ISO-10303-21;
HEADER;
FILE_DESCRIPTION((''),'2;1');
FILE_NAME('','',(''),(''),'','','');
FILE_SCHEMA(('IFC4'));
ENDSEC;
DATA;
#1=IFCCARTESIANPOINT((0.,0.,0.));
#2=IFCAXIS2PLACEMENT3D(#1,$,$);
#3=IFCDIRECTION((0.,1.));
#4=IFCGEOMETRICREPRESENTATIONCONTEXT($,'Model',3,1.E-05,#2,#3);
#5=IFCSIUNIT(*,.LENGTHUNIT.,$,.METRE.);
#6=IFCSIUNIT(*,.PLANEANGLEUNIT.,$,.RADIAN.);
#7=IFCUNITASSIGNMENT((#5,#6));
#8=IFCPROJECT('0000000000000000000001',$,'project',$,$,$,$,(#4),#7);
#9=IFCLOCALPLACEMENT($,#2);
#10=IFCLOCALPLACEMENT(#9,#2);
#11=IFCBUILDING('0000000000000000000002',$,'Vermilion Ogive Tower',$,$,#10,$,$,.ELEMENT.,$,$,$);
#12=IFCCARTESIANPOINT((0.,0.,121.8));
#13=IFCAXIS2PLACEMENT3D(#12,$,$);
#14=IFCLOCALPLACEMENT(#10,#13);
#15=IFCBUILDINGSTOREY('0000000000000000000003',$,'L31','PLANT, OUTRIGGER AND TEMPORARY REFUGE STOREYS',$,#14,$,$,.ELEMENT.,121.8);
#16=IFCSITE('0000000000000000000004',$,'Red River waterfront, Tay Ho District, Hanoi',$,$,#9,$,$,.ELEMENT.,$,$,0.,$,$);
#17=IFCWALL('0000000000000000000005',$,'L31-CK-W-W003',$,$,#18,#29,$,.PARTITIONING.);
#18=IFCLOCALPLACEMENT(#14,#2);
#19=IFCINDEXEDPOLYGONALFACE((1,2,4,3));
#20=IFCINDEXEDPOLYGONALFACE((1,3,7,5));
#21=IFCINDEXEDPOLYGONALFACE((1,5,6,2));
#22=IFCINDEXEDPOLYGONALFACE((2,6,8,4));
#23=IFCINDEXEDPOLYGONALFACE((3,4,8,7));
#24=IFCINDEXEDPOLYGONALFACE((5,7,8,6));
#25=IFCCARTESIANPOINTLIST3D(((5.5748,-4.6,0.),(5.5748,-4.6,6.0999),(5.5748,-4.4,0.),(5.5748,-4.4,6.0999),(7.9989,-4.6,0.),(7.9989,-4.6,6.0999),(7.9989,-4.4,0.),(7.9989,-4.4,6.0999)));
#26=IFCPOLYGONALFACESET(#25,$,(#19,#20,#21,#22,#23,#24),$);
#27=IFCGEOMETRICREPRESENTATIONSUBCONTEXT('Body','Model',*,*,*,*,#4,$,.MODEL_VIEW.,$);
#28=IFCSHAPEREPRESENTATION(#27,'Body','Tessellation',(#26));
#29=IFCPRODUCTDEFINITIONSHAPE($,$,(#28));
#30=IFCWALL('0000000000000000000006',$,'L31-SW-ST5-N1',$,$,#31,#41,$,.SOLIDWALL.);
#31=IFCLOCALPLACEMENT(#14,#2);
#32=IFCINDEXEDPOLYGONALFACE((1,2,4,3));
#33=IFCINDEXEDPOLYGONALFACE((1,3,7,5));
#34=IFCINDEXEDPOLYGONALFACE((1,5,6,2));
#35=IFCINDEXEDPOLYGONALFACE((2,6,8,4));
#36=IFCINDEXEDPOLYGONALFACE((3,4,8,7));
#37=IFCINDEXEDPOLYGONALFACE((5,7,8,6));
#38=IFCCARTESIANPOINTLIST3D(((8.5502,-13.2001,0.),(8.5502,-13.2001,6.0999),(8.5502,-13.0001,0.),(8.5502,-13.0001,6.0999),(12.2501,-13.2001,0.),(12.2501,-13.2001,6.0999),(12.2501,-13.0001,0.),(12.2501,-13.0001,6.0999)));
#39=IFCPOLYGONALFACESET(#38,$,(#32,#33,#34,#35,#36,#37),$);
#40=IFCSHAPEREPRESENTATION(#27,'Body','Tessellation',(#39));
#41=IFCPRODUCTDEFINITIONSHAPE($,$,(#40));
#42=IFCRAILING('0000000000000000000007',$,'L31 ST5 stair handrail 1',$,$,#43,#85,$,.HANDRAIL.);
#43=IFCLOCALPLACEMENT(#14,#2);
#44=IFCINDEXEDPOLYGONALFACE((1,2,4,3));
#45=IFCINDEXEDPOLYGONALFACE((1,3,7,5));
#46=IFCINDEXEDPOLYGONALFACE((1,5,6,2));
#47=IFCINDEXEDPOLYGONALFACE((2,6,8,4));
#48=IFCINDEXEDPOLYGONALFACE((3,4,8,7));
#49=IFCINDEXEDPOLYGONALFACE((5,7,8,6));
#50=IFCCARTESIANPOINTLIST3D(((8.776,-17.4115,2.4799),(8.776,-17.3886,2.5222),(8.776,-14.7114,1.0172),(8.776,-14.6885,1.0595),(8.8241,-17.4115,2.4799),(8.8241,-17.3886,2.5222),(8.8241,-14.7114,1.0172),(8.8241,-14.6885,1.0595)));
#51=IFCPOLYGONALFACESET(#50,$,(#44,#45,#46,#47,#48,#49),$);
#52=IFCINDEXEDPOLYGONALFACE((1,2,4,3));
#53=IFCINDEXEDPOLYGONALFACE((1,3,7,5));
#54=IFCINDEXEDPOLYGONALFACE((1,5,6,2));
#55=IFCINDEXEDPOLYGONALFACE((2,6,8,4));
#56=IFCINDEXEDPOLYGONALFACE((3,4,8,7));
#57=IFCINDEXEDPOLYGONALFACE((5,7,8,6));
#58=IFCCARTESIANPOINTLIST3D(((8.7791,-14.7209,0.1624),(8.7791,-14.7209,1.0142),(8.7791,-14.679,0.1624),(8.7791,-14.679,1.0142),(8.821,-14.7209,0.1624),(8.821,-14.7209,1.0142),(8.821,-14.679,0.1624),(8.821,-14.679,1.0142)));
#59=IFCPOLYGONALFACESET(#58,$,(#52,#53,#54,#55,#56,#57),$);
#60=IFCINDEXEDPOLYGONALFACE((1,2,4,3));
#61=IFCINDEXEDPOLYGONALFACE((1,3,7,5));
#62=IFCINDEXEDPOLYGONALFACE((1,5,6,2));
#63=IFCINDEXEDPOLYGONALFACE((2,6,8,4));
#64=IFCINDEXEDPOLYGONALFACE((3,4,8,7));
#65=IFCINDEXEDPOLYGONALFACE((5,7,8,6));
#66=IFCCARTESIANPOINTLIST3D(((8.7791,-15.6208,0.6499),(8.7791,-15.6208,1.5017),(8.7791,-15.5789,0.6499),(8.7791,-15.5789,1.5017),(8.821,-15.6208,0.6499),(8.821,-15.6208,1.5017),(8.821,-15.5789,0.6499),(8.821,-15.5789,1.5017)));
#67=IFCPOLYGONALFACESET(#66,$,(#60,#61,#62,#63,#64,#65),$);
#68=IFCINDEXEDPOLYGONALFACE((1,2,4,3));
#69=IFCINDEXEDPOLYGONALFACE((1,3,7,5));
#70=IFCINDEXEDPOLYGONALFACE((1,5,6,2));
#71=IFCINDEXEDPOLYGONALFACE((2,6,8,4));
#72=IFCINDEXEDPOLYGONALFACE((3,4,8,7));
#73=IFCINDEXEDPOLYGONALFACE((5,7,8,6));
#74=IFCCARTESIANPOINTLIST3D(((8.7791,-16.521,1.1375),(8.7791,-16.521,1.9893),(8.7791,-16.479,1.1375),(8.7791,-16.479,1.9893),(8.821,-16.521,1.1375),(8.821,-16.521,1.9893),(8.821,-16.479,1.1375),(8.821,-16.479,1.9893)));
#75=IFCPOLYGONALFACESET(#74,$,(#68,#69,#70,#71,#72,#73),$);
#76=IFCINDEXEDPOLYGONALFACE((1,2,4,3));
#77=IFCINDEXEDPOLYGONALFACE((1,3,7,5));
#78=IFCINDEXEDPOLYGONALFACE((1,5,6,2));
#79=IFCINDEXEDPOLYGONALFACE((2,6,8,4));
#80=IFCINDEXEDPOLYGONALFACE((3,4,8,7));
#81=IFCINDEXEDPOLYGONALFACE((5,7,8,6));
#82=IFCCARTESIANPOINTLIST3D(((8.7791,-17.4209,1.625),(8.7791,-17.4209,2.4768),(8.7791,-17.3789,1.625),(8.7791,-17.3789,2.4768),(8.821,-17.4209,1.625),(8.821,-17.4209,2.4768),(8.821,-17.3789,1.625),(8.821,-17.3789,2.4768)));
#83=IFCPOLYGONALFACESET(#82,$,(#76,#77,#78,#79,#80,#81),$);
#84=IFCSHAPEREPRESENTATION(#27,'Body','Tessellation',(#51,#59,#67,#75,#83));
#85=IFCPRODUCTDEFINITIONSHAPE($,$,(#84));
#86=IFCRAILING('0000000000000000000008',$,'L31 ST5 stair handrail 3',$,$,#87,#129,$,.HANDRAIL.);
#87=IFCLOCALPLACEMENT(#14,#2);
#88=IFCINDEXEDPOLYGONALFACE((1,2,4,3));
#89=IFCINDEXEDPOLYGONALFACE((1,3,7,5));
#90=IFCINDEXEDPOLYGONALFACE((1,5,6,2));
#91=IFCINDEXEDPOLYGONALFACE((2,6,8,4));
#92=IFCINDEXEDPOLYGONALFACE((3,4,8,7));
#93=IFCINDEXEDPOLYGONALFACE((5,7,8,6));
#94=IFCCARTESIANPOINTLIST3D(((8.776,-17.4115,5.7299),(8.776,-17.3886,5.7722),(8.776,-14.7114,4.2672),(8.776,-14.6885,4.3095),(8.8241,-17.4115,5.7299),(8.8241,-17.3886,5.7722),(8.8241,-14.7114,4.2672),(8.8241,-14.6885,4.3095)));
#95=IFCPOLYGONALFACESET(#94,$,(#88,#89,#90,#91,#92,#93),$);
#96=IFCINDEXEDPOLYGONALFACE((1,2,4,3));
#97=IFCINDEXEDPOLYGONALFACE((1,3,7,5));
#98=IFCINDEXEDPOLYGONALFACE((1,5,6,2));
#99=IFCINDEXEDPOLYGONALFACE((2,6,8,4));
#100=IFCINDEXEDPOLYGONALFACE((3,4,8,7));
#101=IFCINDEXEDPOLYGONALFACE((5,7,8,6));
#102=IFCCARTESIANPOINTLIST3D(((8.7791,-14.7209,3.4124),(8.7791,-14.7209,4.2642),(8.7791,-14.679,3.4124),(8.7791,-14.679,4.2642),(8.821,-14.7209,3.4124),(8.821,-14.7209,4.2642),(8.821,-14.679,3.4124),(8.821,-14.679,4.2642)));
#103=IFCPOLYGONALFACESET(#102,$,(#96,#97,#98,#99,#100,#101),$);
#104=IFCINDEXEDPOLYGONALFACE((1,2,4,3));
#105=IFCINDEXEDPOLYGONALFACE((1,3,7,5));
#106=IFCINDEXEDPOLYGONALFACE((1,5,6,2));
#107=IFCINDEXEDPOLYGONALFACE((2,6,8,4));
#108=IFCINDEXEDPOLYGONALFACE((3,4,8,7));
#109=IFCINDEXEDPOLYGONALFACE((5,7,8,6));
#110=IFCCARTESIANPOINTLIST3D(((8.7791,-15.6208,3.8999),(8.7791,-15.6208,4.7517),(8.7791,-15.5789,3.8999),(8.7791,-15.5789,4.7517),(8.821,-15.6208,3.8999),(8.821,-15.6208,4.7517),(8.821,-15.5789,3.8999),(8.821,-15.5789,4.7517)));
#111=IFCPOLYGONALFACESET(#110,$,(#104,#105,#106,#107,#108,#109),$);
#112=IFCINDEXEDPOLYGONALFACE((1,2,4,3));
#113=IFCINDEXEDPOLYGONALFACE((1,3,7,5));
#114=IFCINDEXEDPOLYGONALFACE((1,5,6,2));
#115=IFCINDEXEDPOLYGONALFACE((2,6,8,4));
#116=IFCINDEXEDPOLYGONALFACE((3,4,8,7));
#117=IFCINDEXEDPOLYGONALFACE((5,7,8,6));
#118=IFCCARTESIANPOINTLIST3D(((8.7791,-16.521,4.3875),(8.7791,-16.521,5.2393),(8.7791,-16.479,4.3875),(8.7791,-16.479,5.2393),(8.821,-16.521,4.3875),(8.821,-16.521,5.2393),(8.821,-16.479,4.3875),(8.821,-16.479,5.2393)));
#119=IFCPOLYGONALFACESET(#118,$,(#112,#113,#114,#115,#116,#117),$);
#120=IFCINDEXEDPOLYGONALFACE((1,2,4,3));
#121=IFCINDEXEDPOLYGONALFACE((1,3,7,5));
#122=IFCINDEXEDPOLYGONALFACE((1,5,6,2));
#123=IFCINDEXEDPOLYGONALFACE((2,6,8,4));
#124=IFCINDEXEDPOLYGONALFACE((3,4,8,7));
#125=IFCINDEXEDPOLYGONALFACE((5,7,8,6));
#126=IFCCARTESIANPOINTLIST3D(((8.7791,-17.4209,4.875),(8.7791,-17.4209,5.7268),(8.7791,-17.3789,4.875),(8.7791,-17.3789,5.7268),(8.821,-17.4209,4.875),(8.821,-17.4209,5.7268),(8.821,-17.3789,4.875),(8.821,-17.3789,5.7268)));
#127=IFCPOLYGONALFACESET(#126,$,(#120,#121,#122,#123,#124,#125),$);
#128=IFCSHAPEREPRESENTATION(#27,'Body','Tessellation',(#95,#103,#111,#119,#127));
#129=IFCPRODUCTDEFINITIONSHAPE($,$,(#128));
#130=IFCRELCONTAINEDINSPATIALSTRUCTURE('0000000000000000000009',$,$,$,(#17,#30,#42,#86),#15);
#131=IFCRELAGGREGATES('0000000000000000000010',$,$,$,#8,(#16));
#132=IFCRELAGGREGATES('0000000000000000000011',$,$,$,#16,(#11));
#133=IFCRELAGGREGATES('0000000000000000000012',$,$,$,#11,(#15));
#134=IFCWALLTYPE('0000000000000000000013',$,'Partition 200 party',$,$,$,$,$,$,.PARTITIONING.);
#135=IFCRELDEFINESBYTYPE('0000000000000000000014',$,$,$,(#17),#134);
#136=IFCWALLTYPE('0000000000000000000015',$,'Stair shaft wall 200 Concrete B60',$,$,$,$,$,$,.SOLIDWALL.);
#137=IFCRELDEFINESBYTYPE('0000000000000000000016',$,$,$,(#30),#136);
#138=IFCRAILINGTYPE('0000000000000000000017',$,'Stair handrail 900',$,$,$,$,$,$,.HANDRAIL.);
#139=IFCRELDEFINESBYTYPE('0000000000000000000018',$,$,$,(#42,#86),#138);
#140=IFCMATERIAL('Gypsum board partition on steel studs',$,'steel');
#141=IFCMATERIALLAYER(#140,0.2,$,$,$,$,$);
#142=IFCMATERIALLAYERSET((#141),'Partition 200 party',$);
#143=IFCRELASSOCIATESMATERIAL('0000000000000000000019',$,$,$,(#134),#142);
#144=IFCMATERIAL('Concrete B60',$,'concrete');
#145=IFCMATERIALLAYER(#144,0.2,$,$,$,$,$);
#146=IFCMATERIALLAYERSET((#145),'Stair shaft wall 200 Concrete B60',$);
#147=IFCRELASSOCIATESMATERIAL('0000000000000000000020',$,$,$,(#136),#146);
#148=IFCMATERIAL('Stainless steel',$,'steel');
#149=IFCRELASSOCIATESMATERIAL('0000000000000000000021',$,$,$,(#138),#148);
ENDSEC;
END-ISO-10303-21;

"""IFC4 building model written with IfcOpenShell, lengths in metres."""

from ifc_helpers import new_model, si_unit, direction, frame, frame_2d, origin, origin_2d, place, context, subcontext, project, spatial, rectangle, extrude, material, layer, layer_set, type_object, element, save


model = new_model("IFC4")

# Units and contexts
model_context = context("Model", 3, precision=1e-05, world=origin(), true_north=direction((0.0, 1.0)))
body_context = subcontext(model_context, "Body", "Model", "MODEL_VIEW")
ifc_project = project(units=[si_unit("LENGTHUNIT", "METRE"), si_unit("PLANEANGLEUNIT", "RADIAN")], contexts=[model_context])

# Site, building, storey
site_placement = place(None, origin())
site = spatial("IfcSite", under=ifc_project, at=site_placement, Name="Red River waterfront, Tay Ho District, Hanoi", CompositionType="ELEMENT", RefElevation=0.0)
building_placement = place(site_placement, origin())
building = spatial("IfcBuilding", under=site, at=building_placement, Name="Vermilion Ogive Tower", CompositionType="ELEMENT")
storey_placement = place(building_placement, frame((0.0, 0.0, 121.8)))
storey = spatial("IfcBuildingStorey", under=building, at=storey_placement, Name="L31", Description="PLANT, OUTRIGGER AND TEMPORARY REFUGE STOREYS", CompositionType="ELEMENT", Elevation=121.8)

# Walls
ifc_material_1 = material(Name="Gypsum board partition on steel studs", Category="steel")
ifc_layer_1 = layer(ifc_material_1, 0.2)
ifc_layer_set_1 = layer_set([ifc_layer_1], Name="Partition 200 party")
wall_type_1 = type_object("IfcWallType", Name="Partition 200 party", PredefinedType="PARTITIONING", material=ifc_layer_set_1)
wall_1_placement = place(storey_placement, frame((5.575, -4.5, 0.0), z_axis=(0.0, 0.0, 1.0), x_axis=(1.0, 0.0, 0.0)))
element("IfcWall", 1, at=wall_1_placement, inside=storey, type_object=wall_type_1, Name="L31-CK-W-W003", PredefinedType="PARTITIONING", context=body_context, shape_type="SweptSolid", body=[
    extrude(rectangle(XDim=2.4241, YDim=0.2, at=frame_2d((1.2119, 0.0))), origin(), (0.0, 0.0, 1.0), 6.0999),
])
ifc_material_2 = material(Name="Concrete B60", Category="concrete")
ifc_layer_2 = layer(ifc_material_2, 0.2)
ifc_layer_set_2 = layer_set([ifc_layer_2], Name="Stair shaft wall 200 Concrete B60")
wall_type_2 = type_object("IfcWallType", Name="Stair shaft wall 200 Concrete B60", PredefinedType="SOLIDWALL", material=ifc_layer_set_2)
wall_2_placement = place(storey_placement, frame((8.55, -13.1001, 0.0), z_axis=(0.0, 0.0, 1.0), x_axis=(1.0, 0.0, 0.0)))
element("IfcWall", 2, at=wall_2_placement, inside=storey, type_object=wall_type_2, Name="L31-SW-ST5-N1", PredefinedType="SOLIDWALL", context=body_context, shape_type="SweptSolid", body=[
    extrude(rectangle(XDim=3.7, YDim=0.2, at=frame_2d((1.8501, 0.0))), origin(), (0.0, 0.0, 1.0), 6.0999),
])

# Railings
ifc_material_3 = material(Name="Stainless steel", Category="steel")
railing_type_1 = type_object("IfcRailingType", Name="Stair handrail 900", PredefinedType="HANDRAIL", material=ifc_material_3)
for number, where, name in (
    (3, (8.8, -14.7, 0.1624), "L31 ST5 stair handrail 1"),
    (4, (8.8, -14.7, 3.4124), "L31 ST5 stair handrail 3"),
):
    element("IfcRailing", number, at=place(storey_placement, frame(where)), inside=storey, type_object=railing_type_1, Name=name, PredefinedType="HANDRAIL", context=body_context, shape_type="SweptSolid", body=[
        extrude(rectangle(XDim=0.0481, YDim=0.0481, at=origin_2d()), frame((0.0, 0.0, 0.876), z_axis=(0.0, -0.879268, 0.476327), x_axis=(1.0, 0.0, 0.0)), (0.0, 0.0, 1.0), 3.0708),
        extrude(rectangle(XDim=0.042, YDim=0.042, at=origin_2d()), origin(), (0.0, 0.0, 1.0), 0.8518),
        extrude(rectangle(XDim=0.042, YDim=0.042, at=origin_2d()), frame((0.0, -0.8999, 0.4875)), (0.0, 0.0, 1.0), 0.8518),
        extrude(rectangle(XDim=0.042, YDim=0.042, at=origin_2d()), frame((0.0, -1.8, 0.9751)), (0.0, 0.0, 1.0), 0.8518),
        extrude(rectangle(XDim=0.042, YDim=0.042, at=origin_2d()), frame((0.0, -2.7, 1.4626)), (0.0, 0.0, 1.0), 0.8518),
    ])

save(model, "model.ifc")
